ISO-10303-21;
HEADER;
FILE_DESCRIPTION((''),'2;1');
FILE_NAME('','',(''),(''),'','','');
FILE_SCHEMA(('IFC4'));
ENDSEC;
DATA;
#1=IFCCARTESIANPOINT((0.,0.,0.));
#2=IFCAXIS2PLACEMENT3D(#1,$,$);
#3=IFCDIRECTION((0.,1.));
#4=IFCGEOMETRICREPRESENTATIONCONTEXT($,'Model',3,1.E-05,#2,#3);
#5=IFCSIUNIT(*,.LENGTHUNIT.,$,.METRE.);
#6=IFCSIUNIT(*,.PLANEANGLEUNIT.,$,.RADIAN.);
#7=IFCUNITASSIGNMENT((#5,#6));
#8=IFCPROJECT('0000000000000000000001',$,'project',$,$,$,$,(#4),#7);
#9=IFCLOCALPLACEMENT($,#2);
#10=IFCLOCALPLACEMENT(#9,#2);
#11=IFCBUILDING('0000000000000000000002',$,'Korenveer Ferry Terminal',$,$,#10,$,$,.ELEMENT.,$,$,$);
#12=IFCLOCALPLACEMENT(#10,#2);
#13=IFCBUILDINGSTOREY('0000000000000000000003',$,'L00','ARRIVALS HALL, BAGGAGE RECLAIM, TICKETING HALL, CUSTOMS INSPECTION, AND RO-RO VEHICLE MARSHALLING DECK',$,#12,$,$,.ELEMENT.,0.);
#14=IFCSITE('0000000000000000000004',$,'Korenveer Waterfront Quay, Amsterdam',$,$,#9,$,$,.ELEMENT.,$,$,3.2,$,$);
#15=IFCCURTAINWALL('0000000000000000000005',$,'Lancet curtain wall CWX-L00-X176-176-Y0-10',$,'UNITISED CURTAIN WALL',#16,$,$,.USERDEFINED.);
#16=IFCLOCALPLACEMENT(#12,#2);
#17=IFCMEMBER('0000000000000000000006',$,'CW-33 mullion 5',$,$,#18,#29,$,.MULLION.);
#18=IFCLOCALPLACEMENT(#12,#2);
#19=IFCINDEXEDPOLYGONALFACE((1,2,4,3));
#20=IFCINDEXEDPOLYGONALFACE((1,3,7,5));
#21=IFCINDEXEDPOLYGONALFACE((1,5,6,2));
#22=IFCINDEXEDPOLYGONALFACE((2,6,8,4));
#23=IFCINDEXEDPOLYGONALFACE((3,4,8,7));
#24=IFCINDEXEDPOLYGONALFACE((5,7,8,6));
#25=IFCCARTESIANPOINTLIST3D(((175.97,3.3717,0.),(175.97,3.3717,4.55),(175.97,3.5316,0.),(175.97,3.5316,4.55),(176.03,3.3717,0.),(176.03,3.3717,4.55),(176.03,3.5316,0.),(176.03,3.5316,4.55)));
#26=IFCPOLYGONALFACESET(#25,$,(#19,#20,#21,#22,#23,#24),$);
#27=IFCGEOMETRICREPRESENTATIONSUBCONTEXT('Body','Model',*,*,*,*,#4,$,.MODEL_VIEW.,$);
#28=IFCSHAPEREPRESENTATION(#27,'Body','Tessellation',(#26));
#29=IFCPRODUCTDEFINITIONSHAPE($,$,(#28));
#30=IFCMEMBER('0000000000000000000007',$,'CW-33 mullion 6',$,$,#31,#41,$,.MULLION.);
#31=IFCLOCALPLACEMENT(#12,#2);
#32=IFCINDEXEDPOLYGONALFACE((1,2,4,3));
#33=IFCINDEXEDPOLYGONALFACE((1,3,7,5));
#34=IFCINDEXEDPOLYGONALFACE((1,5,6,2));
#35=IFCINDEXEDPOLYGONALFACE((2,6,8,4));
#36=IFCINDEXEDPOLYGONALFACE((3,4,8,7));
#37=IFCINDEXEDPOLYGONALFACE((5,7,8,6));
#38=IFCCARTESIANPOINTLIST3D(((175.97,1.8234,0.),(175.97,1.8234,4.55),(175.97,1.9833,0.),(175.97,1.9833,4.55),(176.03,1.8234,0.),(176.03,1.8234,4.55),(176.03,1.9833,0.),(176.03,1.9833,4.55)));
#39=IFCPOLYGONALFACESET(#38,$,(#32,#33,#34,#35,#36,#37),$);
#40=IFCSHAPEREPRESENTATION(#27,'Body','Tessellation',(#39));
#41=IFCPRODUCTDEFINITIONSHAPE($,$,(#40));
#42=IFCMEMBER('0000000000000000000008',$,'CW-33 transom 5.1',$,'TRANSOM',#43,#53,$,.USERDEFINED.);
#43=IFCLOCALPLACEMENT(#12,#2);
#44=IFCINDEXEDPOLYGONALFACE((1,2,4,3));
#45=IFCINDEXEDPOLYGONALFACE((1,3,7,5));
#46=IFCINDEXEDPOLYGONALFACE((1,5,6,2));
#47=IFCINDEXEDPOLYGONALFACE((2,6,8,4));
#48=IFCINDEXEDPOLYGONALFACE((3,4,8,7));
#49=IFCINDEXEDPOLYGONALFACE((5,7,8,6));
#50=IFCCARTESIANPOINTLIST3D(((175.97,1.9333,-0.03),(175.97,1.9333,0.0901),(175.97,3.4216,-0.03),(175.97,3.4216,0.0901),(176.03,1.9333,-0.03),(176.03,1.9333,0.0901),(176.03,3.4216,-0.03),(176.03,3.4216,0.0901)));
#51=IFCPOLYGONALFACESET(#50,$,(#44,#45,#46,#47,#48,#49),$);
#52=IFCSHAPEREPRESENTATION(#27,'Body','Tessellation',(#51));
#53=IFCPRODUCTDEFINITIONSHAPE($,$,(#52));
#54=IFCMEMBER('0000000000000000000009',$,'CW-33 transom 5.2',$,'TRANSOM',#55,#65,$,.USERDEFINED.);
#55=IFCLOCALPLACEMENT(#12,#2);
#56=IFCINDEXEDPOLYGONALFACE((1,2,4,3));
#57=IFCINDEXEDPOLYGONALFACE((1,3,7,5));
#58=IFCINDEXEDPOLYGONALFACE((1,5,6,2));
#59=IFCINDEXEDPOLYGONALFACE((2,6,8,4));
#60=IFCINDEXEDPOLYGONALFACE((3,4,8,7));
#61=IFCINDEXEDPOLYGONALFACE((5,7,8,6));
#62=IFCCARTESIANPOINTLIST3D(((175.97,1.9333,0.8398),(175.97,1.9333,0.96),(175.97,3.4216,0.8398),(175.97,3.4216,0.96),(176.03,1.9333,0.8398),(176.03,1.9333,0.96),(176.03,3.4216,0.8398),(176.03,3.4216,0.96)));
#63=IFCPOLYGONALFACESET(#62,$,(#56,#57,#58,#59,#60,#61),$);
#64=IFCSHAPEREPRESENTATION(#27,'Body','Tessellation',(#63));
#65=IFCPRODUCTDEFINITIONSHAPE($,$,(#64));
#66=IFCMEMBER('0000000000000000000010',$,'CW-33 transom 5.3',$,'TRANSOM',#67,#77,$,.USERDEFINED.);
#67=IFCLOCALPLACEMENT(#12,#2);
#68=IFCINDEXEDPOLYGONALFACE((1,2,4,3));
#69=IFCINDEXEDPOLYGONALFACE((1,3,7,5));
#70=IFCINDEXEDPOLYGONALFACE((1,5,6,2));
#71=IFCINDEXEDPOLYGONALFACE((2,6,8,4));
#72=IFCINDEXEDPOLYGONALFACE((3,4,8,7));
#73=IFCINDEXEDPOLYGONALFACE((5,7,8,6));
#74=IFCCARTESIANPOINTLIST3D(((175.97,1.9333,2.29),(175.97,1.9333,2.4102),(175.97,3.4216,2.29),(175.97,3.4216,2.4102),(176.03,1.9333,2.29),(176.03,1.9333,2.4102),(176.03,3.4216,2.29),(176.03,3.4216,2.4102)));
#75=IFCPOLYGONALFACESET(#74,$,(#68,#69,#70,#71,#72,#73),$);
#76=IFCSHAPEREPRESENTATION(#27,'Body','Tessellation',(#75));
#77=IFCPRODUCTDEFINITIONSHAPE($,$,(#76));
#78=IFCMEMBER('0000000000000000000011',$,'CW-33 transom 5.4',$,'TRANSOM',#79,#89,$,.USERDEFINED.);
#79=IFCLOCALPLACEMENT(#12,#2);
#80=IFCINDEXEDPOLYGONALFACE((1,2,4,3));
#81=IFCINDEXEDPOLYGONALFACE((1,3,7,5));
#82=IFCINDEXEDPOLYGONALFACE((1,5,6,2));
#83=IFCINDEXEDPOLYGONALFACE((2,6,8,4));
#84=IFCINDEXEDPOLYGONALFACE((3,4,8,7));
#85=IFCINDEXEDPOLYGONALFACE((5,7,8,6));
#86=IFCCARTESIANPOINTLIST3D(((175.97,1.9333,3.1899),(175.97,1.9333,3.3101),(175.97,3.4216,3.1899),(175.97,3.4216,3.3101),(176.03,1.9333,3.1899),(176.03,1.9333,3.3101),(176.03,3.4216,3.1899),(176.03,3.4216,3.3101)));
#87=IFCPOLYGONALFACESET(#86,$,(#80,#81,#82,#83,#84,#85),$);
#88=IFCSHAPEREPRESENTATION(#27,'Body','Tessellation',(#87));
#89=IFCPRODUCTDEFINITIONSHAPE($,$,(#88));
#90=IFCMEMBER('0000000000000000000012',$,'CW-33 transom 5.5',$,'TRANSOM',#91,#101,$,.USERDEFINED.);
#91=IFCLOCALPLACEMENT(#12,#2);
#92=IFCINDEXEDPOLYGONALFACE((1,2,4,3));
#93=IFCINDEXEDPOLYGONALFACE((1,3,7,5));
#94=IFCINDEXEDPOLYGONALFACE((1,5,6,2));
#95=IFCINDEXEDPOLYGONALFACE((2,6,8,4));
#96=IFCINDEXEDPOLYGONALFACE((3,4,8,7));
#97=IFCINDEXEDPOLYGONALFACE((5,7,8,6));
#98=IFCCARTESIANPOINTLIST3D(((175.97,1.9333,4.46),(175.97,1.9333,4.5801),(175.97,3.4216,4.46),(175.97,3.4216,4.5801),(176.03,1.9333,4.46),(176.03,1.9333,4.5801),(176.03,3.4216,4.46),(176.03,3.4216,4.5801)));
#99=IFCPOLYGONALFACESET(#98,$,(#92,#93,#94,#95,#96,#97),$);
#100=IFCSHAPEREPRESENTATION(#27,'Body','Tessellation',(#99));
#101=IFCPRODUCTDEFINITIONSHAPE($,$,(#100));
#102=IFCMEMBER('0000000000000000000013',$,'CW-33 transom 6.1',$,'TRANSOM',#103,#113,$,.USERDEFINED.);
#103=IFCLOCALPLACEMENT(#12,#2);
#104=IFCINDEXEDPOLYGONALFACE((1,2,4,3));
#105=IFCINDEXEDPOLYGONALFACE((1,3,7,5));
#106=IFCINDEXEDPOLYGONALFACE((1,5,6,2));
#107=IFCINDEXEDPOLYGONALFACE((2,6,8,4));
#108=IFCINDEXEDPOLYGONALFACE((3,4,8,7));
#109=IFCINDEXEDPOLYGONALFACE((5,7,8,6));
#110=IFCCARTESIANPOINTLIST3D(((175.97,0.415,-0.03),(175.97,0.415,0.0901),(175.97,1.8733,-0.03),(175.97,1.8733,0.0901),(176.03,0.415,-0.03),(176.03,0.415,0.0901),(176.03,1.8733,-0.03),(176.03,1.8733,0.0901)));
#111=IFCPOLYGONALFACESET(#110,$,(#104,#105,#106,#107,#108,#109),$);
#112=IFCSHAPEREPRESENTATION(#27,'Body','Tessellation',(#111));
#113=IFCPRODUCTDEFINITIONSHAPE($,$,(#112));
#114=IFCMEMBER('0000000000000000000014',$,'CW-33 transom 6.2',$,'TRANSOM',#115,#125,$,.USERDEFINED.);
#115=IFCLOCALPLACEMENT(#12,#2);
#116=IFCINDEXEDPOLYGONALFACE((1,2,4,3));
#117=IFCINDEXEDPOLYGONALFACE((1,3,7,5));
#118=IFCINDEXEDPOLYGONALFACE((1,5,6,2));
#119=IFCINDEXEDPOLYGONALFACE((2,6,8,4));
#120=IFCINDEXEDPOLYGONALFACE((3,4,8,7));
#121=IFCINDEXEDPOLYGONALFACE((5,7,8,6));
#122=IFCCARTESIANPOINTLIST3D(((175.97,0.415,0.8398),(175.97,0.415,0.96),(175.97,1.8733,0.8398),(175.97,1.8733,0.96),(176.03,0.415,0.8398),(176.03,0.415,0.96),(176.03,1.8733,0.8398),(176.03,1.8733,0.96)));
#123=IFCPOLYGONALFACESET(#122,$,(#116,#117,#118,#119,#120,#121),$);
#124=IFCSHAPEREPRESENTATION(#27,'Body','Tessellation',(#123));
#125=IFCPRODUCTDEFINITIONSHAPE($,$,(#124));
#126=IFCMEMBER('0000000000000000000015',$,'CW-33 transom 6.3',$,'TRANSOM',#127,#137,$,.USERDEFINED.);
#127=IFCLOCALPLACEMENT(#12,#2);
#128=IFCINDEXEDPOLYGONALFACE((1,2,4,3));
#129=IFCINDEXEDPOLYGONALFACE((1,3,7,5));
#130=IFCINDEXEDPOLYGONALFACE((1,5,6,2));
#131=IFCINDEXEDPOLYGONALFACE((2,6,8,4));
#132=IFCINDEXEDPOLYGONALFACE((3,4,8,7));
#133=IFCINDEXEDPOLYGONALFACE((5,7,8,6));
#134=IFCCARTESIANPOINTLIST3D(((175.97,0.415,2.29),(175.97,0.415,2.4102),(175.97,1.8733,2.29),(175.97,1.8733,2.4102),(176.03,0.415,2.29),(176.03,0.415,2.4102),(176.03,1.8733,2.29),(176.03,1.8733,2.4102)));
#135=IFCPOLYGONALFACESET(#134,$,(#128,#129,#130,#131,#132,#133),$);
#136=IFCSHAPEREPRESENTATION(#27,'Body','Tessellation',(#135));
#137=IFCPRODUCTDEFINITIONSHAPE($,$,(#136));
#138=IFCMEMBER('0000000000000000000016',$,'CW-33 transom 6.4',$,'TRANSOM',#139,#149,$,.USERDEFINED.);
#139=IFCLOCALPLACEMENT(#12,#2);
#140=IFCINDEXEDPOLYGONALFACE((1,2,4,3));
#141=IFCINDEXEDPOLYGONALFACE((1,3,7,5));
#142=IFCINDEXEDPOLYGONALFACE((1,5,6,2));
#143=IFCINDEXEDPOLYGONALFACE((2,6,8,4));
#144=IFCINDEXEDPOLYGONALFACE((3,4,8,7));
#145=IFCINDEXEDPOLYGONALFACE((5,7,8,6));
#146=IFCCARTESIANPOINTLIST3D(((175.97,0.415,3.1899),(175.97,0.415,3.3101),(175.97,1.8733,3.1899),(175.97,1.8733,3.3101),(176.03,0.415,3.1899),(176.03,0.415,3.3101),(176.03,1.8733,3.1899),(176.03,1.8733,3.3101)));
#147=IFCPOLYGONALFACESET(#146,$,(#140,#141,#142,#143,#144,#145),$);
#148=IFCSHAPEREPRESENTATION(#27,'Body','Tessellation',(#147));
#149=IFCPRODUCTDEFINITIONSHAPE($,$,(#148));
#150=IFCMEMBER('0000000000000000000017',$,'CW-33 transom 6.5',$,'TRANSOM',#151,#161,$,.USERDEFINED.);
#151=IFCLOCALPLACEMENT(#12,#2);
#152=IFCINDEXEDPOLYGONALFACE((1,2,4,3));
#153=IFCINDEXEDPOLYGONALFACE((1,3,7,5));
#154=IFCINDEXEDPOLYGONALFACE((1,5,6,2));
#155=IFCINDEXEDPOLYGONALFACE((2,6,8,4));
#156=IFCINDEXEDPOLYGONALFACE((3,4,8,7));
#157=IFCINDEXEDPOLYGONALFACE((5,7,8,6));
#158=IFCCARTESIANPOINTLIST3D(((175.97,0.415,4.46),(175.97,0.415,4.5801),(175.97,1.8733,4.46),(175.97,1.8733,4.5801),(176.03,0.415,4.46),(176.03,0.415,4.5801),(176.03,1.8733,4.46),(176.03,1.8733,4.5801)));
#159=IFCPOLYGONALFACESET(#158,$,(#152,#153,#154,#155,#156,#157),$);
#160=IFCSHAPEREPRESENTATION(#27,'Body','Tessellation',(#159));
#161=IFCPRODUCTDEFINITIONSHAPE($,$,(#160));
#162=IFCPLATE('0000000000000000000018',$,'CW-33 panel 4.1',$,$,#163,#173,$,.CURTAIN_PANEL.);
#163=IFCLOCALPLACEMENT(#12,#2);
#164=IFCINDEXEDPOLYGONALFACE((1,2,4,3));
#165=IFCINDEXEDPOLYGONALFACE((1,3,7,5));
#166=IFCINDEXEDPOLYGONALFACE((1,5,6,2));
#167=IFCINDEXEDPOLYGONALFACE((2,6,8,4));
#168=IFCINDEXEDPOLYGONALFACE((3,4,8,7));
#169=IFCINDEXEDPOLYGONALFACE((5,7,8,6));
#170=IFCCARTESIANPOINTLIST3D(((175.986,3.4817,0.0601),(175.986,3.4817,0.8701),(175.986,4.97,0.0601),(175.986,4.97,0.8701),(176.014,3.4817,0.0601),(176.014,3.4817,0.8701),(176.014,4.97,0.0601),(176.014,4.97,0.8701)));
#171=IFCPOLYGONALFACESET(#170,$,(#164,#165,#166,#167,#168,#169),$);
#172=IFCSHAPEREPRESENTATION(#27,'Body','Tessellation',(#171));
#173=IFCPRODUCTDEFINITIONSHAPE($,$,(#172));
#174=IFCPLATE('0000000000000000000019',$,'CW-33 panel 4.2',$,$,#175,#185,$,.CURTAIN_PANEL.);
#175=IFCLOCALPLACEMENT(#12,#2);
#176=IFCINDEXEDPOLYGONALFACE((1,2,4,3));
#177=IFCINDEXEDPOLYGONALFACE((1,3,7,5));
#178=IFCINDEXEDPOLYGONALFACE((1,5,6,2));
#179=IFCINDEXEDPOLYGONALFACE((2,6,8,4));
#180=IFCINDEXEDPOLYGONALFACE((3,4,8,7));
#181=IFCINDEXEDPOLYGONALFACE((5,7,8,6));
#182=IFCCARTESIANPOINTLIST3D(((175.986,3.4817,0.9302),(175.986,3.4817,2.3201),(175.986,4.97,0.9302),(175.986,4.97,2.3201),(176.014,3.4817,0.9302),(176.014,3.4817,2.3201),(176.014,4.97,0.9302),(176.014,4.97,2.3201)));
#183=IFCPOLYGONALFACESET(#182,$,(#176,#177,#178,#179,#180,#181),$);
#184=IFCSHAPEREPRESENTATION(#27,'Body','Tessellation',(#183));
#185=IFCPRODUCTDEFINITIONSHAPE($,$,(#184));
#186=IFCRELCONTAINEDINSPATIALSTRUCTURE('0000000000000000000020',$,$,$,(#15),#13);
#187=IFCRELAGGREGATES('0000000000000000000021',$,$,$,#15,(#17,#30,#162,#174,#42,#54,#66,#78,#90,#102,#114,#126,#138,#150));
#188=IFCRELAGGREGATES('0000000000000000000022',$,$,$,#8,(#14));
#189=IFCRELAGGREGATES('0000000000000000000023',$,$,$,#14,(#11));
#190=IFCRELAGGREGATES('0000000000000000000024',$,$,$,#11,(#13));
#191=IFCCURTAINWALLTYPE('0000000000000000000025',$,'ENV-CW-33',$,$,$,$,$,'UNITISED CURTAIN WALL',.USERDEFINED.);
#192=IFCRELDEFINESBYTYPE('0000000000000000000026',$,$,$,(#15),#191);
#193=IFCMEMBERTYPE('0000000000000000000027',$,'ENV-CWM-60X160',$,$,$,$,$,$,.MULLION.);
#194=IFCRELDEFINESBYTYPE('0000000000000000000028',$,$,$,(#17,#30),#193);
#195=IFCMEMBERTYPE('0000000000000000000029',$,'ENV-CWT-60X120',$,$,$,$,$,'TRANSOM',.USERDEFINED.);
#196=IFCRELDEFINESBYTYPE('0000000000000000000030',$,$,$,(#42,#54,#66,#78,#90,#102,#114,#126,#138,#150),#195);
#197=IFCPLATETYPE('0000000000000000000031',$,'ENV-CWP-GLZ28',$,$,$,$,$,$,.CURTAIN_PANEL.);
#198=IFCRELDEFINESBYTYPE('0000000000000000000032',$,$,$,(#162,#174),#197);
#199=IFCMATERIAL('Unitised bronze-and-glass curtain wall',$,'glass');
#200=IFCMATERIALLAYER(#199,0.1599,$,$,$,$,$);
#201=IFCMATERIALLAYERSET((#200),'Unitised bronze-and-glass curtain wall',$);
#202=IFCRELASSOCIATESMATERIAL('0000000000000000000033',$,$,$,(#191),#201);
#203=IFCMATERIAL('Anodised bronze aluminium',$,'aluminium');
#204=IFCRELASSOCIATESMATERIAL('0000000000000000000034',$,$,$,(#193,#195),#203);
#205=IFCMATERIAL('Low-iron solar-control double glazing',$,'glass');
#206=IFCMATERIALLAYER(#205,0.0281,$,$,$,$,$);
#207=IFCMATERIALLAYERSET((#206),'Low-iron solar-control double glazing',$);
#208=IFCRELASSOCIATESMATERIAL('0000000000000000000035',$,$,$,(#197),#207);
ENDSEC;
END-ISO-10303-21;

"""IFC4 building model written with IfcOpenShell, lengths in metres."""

from ifc_helpers import new_model, si_unit, direction, frame, origin, origin_2d, place, context, subcontext, project, spatial, rectangle, extrude, material, layer, layer_set, material_profile, profile_set, type_object, element, aggregate, save


model = new_model("IFC4")

# Units and contexts
model_context = context("Model", 3, precision=1e-05, world=origin(), true_north=direction((0.0, 1.0)))
body_context = subcontext(model_context, "Body", "Model", "MODEL_VIEW")
ifc_project = project(units=[si_unit("LENGTHUNIT", "METRE"), si_unit("PLANEANGLEUNIT", "RADIAN")], contexts=[model_context])

# Site, building, storey
site_placement = place(None, origin())
site = spatial("IfcSite", under=ifc_project, at=site_placement, Name="Korenveer Waterfront Quay, Amsterdam", CompositionType="ELEMENT", RefElevation=3.2)
building_placement = place(site_placement, origin())
building = spatial("IfcBuilding", under=site, at=building_placement, Name="Korenveer Ferry Terminal", CompositionType="ELEMENT")
storey_placement = place(building_placement, origin())
storey = spatial("IfcBuildingStorey", under=building, at=storey_placement, Name="L00", Description="ARRIVALS HALL, BAGGAGE RECLAIM, TICKETING HALL, CUSTOMS INSPECTION, AND RO-RO VEHICLE MARSHALLING DECK", CompositionType="ELEMENT", Elevation=0.0)

# Curtain wall, members, plates
ifc_material_1 = material(Name="Unitised bronze-and-glass curtain wall", Category="glass")
ifc_layer_1 = layer(ifc_material_1, 0.1599)
ifc_layer_set_1 = layer_set([ifc_layer_1], Name="Unitised bronze-and-glass curtain wall")
curtain_wall_type = type_object("IfcCurtainWallType", Name="ENV-CW-33", ElementType="UNITISED CURTAIN WALL", PredefinedType="USERDEFINED", material=ifc_layer_set_1)
curtain_wall_placement = place(storey_placement, frame((176.0, 9.645, 0.0)))
curtain_wall = element("IfcCurtainWall", 1, at=curtain_wall_placement, inside=storey, type_object=curtain_wall_type, Name="Lancet curtain wall CWX-L00-X176-176-Y0-10", ObjectType="UNITISED CURTAIN WALL", PredefinedType="USERDEFINED")
ifc_material_2 = material(Name="Anodised bronze aluminium", Category="aluminium")
ifc_material_profile_1 = material_profile(ifc_material_2, rectangle(XDim=0.0601, YDim=0.1599, at=origin_2d()), Name="ALU 60x160")
ifc_profile_set_1 = profile_set([ifc_material_profile_1], Name="Anodised bronze aluminium")
member_type_1 = type_object("IfcMemberType", Name="ENV-CWM-60X160", PredefinedType="MULLION", material=ifc_profile_set_1)
member_1_placement = place(storey_placement, frame((176.0, 3.4517, 0.0), z_axis=(0.0, 0.0, 1.0), x_axis=(1.0, 0.0, 0.0)))
member_1 = element("IfcMember", 2, at=member_1_placement, type_object=member_type_1, Name="CW-33 mullion 5", PredefinedType="MULLION", context=body_context, shape_type="SweptSolid", body=[
    extrude(rectangle(XDim=0.0601, YDim=0.1599, at=origin_2d()), origin(), (0.0, 0.0, 1.0), 4.55),
])
member_2_placement = place(storey_placement, frame((176.0, 1.9033, 0.0), z_axis=(0.0, 0.0, 1.0), x_axis=(1.0, 0.0, 0.0)))
member_2 = element("IfcMember", 3, at=member_2_placement, type_object=member_type_1, Name="CW-33 mullion 6", PredefinedType="MULLION", context=body_context, shape_type="SweptSolid", body=[
    extrude(rectangle(XDim=0.0601, YDim=0.1599, at=origin_2d()), origin(), (0.0, 0.0, 1.0), 4.55),
])
ifc_material_profile_2 = material_profile(ifc_material_2, rectangle(XDim=0.0601, YDim=0.1201, at=origin_2d()), Name="ALU 60x120")
ifc_profile_set_2 = profile_set([ifc_material_profile_2], Name="Anodised bronze aluminium")
member_type_2 = type_object("IfcMemberType", Name="ENV-CWT-60X120", ElementType="TRANSOM", PredefinedType="USERDEFINED", material=ifc_profile_set_2)
member_3_placement = place(storey_placement, frame((176.0, 3.4216, 0.03), z_axis=(0.0, -1.0, 0.0), x_axis=(1.0, 0.0, 0.0)))
member_3 = element("IfcMember", 4, at=member_3_placement, type_object=member_type_2, Name="CW-33 transom 5.1", ObjectType="TRANSOM", PredefinedType="USERDEFINED", context=body_context, shape_type="SweptSolid", body=[
    extrude(rectangle(XDim=0.0601, YDim=0.1201, at=origin_2d()), origin(), (0.0, 0.0, 1.0), 1.4883),
])
member_4_placement = place(storey_placement, frame((176.0, 3.4216, 0.8999), z_axis=(0.0, -1.0, 0.0), x_axis=(1.0, 0.0, 0.0)))
member_4 = element("IfcMember", 5, at=member_4_placement, type_object=member_type_2, Name="CW-33 transom 5.2", ObjectType="TRANSOM", PredefinedType="USERDEFINED", context=body_context, shape_type="SweptSolid", body=[
    extrude(rectangle(XDim=0.0601, YDim=0.1201, at=origin_2d()), origin(), (0.0, 0.0, 1.0), 1.4883),
])
member_5_placement = place(storey_placement, frame((176.0, 3.4216, 2.3501), z_axis=(0.0, -1.0, 0.0), x_axis=(1.0, 0.0, 0.0)))
member_5 = element("IfcMember", 6, at=member_5_placement, type_object=member_type_2, Name="CW-33 transom 5.3", ObjectType="TRANSOM", PredefinedType="USERDEFINED", context=body_context, shape_type="SweptSolid", body=[
    extrude(rectangle(XDim=0.0601, YDim=0.1201, at=origin_2d()), origin(), (0.0, 0.0, 1.0), 1.4883),
])
member_6_placement = place(storey_placement, frame((176.0, 3.4216, 3.25), z_axis=(0.0, -1.0, 0.0), x_axis=(1.0, 0.0, 0.0)))
member_6 = element("IfcMember", 7, at=member_6_placement, type_object=member_type_2, Name="CW-33 transom 5.4", ObjectType="TRANSOM", PredefinedType="USERDEFINED", context=body_context, shape_type="SweptSolid", body=[
    extrude(rectangle(XDim=0.0601, YDim=0.1201, at=origin_2d()), origin(), (0.0, 0.0, 1.0), 1.4883),
])
member_7_placement = place(storey_placement, frame((176.0, 3.4216, 4.52), z_axis=(0.0, -1.0, 0.0), x_axis=(1.0, 0.0, 0.0)))
member_7 = element("IfcMember", 8, at=member_7_placement, type_object=member_type_2, Name="CW-33 transom 5.5", ObjectType="TRANSOM", PredefinedType="USERDEFINED", context=body_context, shape_type="SweptSolid", body=[
    extrude(rectangle(XDim=0.0601, YDim=0.1201, at=origin_2d()), origin(), (0.0, 0.0, 1.0), 1.4883),
])
member_8_placement = place(storey_placement, frame((176.0, 1.8733, 0.03), z_axis=(0.0, -1.0, 0.0), x_axis=(1.0, 0.0, 0.0)))
member_8 = element("IfcMember", 9, at=member_8_placement, type_object=member_type_2, Name="CW-33 transom 6.1", ObjectType="TRANSOM", PredefinedType="USERDEFINED", context=body_context, shape_type="SweptSolid", body=[
    extrude(rectangle(XDim=0.0601, YDim=0.1201, at=origin_2d()), origin(), (0.0, 0.0, 1.0), 1.4583),
])
member_9_placement = place(storey_placement, frame((176.0, 1.8733, 0.8999), z_axis=(0.0, -1.0, 0.0), x_axis=(1.0, 0.0, 0.0)))
member_9 = element("IfcMember", 10, at=member_9_placement, type_object=member_type_2, Name="CW-33 transom 6.2", ObjectType="TRANSOM", PredefinedType="USERDEFINED", context=body_context, shape_type="SweptSolid", body=[
    extrude(rectangle(XDim=0.0601, YDim=0.1201, at=origin_2d()), origin(), (0.0, 0.0, 1.0), 1.4583),
])
member_10_placement = place(storey_placement, frame((176.0, 1.8733, 2.3501), z_axis=(0.0, -1.0, 0.0), x_axis=(1.0, 0.0, 0.0)))
member_10 = element("IfcMember", 11, at=member_10_placement, type_object=member_type_2, Name="CW-33 transom 6.3", ObjectType="TRANSOM", PredefinedType="USERDEFINED", context=body_context, shape_type="SweptSolid", body=[
    extrude(rectangle(XDim=0.0601, YDim=0.1201, at=origin_2d()), origin(), (0.0, 0.0, 1.0), 1.4583),
])
member_11_placement = place(storey_placement, frame((176.0, 1.8733, 3.25), z_axis=(0.0, -1.0, 0.0), x_axis=(1.0, 0.0, 0.0)))
member_11 = element("IfcMember", 12, at=member_11_placement, type_object=member_type_2, Name="CW-33 transom 6.4", ObjectType="TRANSOM", PredefinedType="USERDEFINED", context=body_context, shape_type="SweptSolid", body=[
    extrude(rectangle(XDim=0.0601, YDim=0.1201, at=origin_2d()), origin(), (0.0, 0.0, 1.0), 1.4583),
])
member_12_placement = place(storey_placement, frame((176.0, 1.8733, 4.52), z_axis=(0.0, -1.0, 0.0), x_axis=(1.0, 0.0, 0.0)))
member_12 = element("IfcMember", 13, at=member_12_placement, type_object=member_type_2, Name="CW-33 transom 6.5", ObjectType="TRANSOM", PredefinedType="USERDEFINED", context=body_context, shape_type="SweptSolid", body=[
    extrude(rectangle(XDim=0.0601, YDim=0.1201, at=origin_2d()), origin(), (0.0, 0.0, 1.0), 1.4583),
])
ifc_material_3 = material(Name="Low-iron solar-control double glazing", Category="glass")
ifc_layer_2 = layer(ifc_material_3, 0.0281)
ifc_layer_set_2 = layer_set([ifc_layer_2], Name="Low-iron solar-control double glazing")
plate_type = type_object("IfcPlateType", Name="ENV-CWP-GLZ28", PredefinedType="CURTAIN_PANEL", material=ifc_layer_set_2)
plate_1_placement = place(storey_placement, frame((176.0, 4.2258, 0.0601), z_axis=(0.0, 0.0, 1.0), x_axis=(0.0, -1.0, 0.0)))
plate_1 = element("IfcPlate", 14, at=plate_1_placement, type_object=plate_type, Name="CW-33 panel 4.1", PredefinedType="CURTAIN_PANEL", context=body_context, shape_type="SweptSolid", body=[
    extrude(rectangle(XDim=1.4883, YDim=0.0281, at=origin_2d()), origin(), (0.0, 0.0, 1.0), 0.8101),
])
plate_2_placement = place(storey_placement, frame((176.0, 4.2258, 0.9302), z_axis=(0.0, 0.0, 1.0), x_axis=(0.0, -1.0, 0.0)))
plate_2 = element("IfcPlate", 15, at=plate_2_placement, type_object=plate_type, Name="CW-33 panel 4.2", PredefinedType="CURTAIN_PANEL", context=body_context, shape_type="SweptSolid", body=[
    extrude(rectangle(XDim=1.4883, YDim=0.0281, at=origin_2d()), origin(), (0.0, 0.0, 1.0), 1.3899),
])
aggregate(curtain_wall, [member_1, member_2, plate_1, plate_2, member_3, member_4, member_5, member_6, member_7, member_8, member_9, member_10, member_11, member_12])

save(model, "model.ifc")
